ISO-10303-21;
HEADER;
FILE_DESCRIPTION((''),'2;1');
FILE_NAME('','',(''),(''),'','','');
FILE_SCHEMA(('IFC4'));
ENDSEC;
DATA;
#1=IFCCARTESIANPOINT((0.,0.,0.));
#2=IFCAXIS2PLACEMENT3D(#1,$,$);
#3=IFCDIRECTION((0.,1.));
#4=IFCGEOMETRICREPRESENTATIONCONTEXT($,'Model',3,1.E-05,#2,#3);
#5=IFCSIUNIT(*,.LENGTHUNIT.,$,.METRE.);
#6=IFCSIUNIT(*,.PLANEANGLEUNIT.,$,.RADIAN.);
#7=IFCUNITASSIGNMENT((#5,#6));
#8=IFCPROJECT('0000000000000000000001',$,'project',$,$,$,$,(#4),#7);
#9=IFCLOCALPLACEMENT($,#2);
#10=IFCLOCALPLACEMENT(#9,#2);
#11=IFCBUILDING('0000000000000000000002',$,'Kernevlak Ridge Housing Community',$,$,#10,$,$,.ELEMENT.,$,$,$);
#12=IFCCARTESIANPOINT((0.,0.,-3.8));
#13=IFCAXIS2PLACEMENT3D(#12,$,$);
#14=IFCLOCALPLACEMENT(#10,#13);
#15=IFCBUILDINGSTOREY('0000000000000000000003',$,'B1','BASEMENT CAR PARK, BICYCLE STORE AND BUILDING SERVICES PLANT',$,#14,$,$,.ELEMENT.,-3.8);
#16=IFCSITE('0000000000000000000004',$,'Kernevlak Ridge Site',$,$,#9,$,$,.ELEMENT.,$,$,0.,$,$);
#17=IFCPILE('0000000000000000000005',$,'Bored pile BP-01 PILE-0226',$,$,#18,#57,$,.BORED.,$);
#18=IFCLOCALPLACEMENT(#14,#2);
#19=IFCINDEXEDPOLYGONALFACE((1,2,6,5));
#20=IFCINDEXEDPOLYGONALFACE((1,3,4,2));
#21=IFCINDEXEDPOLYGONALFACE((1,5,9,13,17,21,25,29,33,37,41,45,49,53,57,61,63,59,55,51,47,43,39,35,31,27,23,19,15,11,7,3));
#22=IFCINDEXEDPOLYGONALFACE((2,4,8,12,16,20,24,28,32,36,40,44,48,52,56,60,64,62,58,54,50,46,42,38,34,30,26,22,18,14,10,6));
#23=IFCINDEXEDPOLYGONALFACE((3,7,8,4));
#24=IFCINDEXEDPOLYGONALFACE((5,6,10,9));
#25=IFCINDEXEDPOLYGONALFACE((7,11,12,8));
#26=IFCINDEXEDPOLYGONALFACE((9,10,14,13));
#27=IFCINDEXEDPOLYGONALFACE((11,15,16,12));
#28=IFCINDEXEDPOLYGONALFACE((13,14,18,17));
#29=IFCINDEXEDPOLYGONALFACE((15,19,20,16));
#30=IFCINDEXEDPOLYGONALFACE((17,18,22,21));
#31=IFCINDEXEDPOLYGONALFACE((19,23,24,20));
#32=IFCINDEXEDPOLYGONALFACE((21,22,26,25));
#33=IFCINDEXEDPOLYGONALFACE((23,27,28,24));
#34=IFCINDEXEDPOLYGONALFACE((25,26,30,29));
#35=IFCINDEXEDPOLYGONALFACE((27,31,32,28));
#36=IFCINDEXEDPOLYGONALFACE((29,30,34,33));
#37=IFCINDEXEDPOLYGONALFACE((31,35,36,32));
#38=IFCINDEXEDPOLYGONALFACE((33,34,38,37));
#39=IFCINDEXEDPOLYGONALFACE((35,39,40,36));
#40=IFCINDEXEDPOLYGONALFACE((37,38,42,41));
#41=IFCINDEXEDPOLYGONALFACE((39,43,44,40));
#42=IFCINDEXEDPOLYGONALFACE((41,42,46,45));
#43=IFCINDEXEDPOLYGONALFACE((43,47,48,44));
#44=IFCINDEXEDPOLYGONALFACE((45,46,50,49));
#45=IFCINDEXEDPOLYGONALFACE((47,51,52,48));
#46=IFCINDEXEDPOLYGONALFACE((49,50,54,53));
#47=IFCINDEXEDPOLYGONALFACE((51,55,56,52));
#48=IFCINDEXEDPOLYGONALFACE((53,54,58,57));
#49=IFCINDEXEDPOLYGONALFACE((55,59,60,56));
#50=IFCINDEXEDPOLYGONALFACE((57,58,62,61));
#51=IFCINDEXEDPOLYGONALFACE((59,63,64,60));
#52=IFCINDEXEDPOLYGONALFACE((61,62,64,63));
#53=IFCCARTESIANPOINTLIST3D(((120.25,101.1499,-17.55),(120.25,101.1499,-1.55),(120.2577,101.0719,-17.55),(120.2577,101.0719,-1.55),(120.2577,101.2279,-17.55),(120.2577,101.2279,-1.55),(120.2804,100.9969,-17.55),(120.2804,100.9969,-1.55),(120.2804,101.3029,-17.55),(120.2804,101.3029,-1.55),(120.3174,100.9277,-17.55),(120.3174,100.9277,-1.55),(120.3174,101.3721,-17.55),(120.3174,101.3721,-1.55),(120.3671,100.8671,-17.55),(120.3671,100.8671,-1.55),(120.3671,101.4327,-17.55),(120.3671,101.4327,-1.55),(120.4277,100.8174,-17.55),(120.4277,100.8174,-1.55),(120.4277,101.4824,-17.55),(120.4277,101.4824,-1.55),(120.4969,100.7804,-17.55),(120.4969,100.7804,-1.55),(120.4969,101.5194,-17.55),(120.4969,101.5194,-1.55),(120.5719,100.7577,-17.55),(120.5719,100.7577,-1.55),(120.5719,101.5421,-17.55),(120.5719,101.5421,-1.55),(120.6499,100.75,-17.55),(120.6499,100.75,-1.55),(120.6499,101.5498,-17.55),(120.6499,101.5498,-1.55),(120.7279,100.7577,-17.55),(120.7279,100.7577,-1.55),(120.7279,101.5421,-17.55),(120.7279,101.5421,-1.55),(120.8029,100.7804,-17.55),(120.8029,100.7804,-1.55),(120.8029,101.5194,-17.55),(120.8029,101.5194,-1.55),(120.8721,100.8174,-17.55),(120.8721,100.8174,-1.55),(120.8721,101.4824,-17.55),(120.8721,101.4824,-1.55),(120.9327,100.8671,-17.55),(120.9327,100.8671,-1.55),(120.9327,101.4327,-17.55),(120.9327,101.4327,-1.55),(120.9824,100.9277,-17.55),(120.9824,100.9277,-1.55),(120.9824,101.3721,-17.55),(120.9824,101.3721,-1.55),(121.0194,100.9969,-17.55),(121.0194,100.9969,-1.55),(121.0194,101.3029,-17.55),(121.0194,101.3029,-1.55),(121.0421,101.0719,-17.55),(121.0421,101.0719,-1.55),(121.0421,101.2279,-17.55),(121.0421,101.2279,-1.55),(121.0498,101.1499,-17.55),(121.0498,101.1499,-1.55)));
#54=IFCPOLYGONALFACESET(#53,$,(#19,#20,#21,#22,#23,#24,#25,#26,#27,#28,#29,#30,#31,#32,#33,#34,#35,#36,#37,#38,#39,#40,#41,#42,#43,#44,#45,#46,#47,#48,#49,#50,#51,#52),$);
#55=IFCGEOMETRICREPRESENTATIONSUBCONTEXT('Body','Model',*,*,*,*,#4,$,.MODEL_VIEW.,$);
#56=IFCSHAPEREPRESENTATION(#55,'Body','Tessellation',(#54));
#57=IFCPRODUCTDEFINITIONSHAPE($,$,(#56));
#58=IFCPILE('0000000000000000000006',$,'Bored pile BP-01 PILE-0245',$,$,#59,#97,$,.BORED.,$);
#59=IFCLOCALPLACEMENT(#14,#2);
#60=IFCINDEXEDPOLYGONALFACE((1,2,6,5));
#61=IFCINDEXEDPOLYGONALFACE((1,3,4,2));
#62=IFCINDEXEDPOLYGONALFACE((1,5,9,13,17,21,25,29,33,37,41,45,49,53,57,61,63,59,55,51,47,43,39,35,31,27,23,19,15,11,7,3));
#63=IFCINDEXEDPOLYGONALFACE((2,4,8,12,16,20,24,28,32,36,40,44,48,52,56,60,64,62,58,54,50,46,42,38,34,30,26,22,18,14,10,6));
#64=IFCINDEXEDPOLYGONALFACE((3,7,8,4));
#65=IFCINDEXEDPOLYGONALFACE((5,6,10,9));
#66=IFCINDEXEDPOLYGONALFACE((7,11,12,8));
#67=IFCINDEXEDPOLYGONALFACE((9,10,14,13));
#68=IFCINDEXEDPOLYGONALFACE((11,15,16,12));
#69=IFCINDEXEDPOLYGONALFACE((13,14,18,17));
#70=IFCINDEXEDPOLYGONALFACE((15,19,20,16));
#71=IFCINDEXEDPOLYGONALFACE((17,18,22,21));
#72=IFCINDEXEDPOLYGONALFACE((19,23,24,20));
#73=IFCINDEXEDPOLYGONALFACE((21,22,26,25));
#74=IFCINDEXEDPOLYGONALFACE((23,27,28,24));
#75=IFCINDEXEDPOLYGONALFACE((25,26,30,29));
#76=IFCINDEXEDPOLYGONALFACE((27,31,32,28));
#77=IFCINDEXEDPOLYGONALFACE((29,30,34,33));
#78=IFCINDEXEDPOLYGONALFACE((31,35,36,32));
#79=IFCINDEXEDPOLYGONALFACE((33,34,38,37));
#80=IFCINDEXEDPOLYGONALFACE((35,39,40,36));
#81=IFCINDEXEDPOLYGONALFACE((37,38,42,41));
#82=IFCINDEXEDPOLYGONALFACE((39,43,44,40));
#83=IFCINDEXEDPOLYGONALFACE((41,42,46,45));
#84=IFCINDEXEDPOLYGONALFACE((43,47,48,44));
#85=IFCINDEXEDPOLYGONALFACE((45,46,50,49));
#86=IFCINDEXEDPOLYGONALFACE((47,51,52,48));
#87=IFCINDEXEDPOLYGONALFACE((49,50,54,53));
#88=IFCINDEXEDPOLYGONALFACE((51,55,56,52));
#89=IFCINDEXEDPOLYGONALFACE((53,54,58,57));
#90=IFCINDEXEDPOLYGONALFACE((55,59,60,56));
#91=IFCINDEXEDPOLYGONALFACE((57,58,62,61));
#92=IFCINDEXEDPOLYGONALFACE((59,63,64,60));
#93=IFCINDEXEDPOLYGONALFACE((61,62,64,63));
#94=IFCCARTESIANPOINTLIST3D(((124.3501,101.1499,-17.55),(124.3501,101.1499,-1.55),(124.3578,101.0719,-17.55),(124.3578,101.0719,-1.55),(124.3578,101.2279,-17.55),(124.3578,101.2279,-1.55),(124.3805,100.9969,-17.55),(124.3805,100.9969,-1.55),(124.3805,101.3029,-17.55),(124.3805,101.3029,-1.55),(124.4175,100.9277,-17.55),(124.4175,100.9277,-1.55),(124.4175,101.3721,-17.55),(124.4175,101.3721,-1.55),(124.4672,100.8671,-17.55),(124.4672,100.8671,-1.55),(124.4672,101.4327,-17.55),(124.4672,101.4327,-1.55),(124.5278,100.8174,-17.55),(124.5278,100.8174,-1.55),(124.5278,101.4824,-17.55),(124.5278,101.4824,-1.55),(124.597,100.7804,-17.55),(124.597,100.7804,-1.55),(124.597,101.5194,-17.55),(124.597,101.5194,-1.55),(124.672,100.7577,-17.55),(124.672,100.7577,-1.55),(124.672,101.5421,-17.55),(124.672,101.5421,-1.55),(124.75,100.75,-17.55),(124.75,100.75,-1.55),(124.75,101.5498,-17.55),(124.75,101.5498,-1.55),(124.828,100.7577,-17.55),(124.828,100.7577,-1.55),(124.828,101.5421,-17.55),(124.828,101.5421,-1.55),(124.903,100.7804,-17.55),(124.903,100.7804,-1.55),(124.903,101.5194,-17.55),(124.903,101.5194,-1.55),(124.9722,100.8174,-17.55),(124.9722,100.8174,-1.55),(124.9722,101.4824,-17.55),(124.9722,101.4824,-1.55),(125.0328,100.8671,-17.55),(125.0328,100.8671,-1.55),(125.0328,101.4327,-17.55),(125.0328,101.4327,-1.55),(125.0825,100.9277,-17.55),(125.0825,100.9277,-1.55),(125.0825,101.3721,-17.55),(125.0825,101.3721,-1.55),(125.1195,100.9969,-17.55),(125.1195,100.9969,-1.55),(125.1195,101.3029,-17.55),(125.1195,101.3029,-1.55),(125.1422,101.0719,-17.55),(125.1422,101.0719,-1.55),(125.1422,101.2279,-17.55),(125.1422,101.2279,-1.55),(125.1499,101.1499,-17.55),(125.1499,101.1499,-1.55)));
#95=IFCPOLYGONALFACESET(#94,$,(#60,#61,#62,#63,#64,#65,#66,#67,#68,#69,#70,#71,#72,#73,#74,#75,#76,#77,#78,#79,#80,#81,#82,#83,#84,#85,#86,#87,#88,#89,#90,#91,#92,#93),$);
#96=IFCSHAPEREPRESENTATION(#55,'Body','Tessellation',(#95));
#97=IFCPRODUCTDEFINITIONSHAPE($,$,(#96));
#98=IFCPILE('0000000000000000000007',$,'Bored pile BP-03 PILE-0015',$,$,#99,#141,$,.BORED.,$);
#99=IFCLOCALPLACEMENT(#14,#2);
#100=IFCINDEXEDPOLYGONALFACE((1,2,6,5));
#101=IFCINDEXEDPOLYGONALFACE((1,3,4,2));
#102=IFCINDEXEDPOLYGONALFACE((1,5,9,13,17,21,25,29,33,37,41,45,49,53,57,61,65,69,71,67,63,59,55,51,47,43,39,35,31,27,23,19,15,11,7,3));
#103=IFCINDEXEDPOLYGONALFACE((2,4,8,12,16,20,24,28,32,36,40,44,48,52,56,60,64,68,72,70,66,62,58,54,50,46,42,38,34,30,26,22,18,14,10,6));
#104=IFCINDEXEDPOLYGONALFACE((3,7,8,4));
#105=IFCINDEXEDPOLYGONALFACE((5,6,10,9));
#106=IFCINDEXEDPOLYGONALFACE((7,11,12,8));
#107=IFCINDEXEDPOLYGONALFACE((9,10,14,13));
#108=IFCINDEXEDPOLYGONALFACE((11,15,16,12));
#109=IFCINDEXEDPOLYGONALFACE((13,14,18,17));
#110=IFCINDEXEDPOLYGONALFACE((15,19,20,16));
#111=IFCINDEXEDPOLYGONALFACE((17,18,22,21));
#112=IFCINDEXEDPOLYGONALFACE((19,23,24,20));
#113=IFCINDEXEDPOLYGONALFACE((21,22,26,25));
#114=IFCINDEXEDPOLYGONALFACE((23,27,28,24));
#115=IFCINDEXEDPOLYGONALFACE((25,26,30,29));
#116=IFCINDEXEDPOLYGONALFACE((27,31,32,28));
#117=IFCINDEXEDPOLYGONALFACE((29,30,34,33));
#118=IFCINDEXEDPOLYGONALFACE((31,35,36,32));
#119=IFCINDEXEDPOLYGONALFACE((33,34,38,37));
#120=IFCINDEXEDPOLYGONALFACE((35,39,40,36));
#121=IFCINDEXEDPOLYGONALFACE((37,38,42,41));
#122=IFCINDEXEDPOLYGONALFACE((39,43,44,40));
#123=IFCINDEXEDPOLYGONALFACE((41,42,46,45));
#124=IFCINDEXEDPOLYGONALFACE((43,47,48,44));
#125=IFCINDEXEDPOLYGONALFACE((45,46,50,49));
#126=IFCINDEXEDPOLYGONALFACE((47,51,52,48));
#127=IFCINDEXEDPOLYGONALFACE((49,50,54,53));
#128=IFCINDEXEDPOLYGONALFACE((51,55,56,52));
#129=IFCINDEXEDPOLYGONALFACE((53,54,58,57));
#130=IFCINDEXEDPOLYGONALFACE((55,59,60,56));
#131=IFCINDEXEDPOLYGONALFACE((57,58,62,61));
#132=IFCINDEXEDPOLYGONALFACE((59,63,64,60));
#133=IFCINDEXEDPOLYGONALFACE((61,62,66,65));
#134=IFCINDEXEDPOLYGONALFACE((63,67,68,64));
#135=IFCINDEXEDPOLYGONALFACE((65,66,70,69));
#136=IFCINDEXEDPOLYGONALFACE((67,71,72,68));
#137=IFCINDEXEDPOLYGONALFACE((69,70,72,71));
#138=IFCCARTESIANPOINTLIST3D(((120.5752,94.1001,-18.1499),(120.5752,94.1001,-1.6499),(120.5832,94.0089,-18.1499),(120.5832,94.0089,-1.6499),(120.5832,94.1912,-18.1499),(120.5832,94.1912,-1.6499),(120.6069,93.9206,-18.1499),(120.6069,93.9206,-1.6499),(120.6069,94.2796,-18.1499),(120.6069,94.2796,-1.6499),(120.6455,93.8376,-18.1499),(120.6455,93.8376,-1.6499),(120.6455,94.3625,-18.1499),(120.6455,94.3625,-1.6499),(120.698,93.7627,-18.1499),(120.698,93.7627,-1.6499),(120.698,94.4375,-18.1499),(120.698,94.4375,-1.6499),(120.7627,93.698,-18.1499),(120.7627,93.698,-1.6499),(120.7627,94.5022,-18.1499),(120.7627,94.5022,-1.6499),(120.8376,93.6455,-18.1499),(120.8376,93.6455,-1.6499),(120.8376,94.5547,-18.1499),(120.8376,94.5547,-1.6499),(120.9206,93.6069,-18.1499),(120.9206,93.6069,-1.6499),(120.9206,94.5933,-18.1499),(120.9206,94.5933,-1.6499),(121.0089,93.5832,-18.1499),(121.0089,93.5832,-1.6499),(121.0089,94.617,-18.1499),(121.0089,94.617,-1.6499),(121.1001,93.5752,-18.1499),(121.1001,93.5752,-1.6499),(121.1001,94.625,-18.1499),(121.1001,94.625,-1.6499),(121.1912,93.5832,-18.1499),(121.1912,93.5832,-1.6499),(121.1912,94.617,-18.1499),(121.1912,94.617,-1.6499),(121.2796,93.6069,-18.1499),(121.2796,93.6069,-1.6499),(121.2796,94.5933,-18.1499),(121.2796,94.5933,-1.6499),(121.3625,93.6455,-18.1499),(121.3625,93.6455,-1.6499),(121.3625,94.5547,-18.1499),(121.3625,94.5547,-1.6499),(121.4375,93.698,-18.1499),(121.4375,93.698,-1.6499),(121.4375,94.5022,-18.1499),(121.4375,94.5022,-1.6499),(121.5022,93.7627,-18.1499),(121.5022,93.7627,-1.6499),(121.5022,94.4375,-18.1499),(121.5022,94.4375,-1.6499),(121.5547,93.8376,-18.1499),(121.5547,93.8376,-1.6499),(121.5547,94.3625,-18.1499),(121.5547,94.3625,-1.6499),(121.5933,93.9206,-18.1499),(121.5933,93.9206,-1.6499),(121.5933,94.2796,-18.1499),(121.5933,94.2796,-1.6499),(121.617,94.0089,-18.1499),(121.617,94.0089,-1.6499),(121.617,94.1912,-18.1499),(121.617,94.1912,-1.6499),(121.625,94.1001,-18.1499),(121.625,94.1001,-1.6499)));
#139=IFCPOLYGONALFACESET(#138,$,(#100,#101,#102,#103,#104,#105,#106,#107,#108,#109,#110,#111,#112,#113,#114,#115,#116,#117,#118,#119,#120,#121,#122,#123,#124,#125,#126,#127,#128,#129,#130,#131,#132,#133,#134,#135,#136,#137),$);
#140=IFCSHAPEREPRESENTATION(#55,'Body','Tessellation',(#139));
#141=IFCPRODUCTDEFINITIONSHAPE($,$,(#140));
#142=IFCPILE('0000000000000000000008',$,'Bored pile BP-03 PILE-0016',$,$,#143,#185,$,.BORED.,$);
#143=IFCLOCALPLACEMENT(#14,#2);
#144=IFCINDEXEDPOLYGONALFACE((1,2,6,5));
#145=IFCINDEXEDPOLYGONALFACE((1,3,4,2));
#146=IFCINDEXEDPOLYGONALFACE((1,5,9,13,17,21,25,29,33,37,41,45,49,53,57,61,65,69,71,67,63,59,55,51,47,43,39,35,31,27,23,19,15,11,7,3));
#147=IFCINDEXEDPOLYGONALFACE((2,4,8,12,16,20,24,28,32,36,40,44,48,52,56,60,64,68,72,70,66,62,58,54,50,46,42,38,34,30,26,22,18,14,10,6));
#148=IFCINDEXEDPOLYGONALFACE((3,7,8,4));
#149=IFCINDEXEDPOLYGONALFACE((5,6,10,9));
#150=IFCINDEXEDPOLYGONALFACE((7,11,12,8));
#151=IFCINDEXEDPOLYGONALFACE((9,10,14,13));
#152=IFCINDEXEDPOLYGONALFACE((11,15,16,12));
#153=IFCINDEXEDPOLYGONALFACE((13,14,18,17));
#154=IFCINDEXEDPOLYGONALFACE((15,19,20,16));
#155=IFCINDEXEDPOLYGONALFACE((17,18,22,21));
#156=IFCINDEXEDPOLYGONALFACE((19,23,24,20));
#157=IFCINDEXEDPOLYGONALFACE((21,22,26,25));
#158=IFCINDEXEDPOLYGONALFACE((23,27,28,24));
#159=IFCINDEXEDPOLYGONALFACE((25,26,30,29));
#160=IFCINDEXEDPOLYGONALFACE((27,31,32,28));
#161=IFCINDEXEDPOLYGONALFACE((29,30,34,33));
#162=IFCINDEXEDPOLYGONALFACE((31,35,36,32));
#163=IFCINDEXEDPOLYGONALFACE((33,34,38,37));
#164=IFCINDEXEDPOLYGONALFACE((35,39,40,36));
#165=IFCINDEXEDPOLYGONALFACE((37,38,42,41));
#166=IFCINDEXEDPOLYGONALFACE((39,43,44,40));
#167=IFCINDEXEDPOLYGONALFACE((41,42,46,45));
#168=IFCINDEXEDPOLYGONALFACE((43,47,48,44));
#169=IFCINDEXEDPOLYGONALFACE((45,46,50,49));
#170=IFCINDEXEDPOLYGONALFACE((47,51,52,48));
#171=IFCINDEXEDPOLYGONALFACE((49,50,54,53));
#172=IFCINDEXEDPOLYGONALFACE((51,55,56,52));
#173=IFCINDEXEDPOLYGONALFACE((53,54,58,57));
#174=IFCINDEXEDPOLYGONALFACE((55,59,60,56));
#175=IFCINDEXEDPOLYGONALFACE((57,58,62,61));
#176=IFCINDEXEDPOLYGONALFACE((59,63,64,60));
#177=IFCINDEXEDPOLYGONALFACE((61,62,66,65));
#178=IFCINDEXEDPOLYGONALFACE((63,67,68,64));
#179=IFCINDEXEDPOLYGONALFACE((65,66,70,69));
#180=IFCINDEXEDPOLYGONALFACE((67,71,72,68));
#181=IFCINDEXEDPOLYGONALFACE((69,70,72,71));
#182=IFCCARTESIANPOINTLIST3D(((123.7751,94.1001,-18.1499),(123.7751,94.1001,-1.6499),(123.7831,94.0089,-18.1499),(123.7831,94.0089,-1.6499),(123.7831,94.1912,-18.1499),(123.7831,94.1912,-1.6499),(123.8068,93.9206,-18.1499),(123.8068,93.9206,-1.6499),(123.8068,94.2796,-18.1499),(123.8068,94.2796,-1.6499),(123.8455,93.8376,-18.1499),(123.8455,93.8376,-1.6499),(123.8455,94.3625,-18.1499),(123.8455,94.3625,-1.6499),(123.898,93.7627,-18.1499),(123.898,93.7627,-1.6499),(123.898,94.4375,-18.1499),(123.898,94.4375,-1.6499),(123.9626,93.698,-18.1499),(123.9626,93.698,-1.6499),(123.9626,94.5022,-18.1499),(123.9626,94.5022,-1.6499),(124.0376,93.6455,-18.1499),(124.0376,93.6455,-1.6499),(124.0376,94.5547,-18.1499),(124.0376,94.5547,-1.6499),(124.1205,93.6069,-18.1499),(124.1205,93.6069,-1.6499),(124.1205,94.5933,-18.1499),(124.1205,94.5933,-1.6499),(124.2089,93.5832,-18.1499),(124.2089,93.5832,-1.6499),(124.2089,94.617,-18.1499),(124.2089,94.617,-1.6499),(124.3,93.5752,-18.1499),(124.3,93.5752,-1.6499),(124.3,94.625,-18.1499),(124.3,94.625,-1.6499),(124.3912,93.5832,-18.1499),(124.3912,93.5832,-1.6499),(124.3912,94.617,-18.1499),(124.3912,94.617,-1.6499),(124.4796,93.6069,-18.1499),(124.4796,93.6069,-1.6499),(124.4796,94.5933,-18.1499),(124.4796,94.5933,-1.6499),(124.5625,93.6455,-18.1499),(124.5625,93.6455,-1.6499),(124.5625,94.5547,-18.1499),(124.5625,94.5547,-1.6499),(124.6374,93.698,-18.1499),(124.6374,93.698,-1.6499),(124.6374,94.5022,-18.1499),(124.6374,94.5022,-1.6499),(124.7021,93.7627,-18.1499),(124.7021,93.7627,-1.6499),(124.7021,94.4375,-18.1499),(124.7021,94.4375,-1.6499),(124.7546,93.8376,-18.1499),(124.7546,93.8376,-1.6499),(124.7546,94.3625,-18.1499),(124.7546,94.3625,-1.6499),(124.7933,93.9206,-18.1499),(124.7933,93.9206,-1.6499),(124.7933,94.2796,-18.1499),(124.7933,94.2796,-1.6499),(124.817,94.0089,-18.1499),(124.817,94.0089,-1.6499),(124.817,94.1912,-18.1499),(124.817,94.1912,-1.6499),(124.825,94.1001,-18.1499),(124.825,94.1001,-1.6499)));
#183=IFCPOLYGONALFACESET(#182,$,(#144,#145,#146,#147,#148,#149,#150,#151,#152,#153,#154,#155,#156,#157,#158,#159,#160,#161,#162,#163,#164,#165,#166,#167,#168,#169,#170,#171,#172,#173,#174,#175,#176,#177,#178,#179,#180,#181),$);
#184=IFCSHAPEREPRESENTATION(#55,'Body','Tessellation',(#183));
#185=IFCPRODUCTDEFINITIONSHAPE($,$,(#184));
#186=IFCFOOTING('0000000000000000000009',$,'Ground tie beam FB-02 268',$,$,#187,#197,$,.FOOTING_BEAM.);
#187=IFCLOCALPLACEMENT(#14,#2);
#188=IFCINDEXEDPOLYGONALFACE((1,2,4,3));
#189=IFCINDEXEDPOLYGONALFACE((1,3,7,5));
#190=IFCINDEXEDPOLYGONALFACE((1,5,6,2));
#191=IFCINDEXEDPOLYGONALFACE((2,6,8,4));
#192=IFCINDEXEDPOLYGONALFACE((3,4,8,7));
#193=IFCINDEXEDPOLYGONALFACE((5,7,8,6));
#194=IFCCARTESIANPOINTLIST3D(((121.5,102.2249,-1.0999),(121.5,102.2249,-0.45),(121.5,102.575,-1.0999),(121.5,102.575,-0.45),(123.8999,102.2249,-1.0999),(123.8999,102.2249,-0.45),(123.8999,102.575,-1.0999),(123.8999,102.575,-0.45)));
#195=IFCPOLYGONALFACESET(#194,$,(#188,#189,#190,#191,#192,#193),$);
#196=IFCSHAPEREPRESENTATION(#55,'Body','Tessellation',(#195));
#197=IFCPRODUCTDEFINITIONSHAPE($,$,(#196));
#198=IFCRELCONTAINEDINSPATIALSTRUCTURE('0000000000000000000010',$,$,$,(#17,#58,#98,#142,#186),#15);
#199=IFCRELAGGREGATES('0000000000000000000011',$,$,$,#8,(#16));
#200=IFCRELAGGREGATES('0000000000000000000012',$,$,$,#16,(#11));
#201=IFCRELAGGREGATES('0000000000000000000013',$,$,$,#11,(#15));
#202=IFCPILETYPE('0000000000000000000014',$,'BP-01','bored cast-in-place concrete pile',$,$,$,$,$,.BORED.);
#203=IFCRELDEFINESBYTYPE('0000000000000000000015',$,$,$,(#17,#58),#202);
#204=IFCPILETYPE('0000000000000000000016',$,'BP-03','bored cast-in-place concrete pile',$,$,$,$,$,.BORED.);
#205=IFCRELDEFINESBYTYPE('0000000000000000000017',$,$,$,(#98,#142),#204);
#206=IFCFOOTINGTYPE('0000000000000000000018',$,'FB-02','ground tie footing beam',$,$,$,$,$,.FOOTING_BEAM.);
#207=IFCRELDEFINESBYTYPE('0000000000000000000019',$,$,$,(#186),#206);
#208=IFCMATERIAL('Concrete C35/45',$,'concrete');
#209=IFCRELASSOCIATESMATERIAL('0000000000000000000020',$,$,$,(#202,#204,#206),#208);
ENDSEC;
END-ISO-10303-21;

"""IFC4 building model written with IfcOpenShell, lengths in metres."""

from ifc_helpers import new_model, si_unit, direction, frame, origin, origin_2d, place, context, subcontext, project, spatial, rectangle, circle, extrude, material, material_profile, profile_set, type_object, element, save


model = new_model("IFC4")

# Units and contexts
model_context = context("Model", 3, precision=1e-05, world=origin(), true_north=direction((0.0, 1.0)))
body_context = subcontext(model_context, "Body", "Model", "MODEL_VIEW")
ifc_project = project(units=[si_unit("LENGTHUNIT", "METRE"), si_unit("PLANEANGLEUNIT", "RADIAN")], contexts=[model_context])

# Site, building, storey
site_placement = place(None, origin())
site = spatial("IfcSite", under=ifc_project, at=site_placement, Name="Kernevlak Ridge Site", CompositionType="ELEMENT", RefElevation=0.0)
building_placement = place(site_placement, origin())
building = spatial("IfcBuilding", under=site, at=building_placement, Name="Kernevlak Ridge Housing Community", CompositionType="ELEMENT")
storey_placement = place(building_placement, frame((0.0, 0.0, -3.8)))
storey = spatial("IfcBuildingStorey", under=building, at=storey_placement, Name="B1", Description="BASEMENT CAR PARK, BICYCLE STORE AND BUILDING SERVICES PLANT", CompositionType="ELEMENT", Elevation=-3.8)

# Piles
ifc_material_1 = material(Name="Concrete C35/45", Category="concrete")
ifc_material_profile_1 = material_profile(ifc_material_1, circle(Radius=0.3999, at=origin_2d()), Name="BORED PILE 800")
ifc_profile_set_1 = profile_set([ifc_material_profile_1], Name="Concrete C35/45")
pile_type_1 = type_object("IfcPileType", Name="BP-01", Description="bored cast-in-place concrete pile", PredefinedType="BORED", material=ifc_profile_set_1)
for number, where, z_axis, x_axis, name in (
    (1, (120.6499, 101.1499, -1.55), (0.0, 0.0, -1.0), (1.0, 0.0, 0.0), "Bored pile BP-01 PILE-0226"),
    (2, (124.75, 101.1499, -1.55), (0.0, 0.0, -1.0), (1.0, 0.0, 0.0), "Bored pile BP-01 PILE-0245"),
):
    element("IfcPile", number, at=place(storey_placement, frame(where, z_axis=z_axis, x_axis=x_axis)), inside=storey, type_object=pile_type_1, Name=name, PredefinedType="BORED", context=body_context, shape_type="SweptSolid", body=[
        extrude(circle(Radius=0.3999, at=origin_2d()), origin(), (0.0, 0.0, 1.0), 16.0),
    ])
ifc_material_profile_2 = material_profile(ifc_material_1, circle(Radius=0.5249, at=origin_2d()), Name="BORED PILE 1050")
ifc_profile_set_2 = profile_set([ifc_material_profile_2], Name="Concrete C35/45")
pile_type_2 = type_object("IfcPileType", Name="BP-03", Description="bored cast-in-place concrete pile", PredefinedType="BORED", material=ifc_profile_set_2)
for number, where, z_axis, x_axis, name in (
    (3, (121.1001, 94.1001, -1.6499), (0.0, 0.0, -1.0), (1.0, 0.0, 0.0), "Bored pile BP-03 PILE-0015"),
    (4, (124.3, 94.1001, -1.6499), (0.0, 0.0, -1.0), (1.0, 0.0, 0.0), "Bored pile BP-03 PILE-0016"),
):
    element("IfcPile", number, at=place(storey_placement, frame(where, z_axis=z_axis, x_axis=x_axis)), inside=storey, type_object=pile_type_2, Name=name, PredefinedType="BORED", context=body_context, shape_type="SweptSolid", body=[
        extrude(circle(Radius=0.5249, at=origin_2d()), origin(), (0.0, 0.0, 1.0), 16.5),
    ])

# Footing
ifc_material_profile_3 = material_profile(ifc_material_1, rectangle(XDim=0.3501, YDim=0.6499, at=origin_2d()), Name="RC 350x650")
ifc_profile_set_3 = profile_set([ifc_material_profile_3], Name="Concrete C35/45")
footing_type_1 = type_object("IfcFootingType", Name="FB-02", Description="ground tie footing beam", PredefinedType="FOOTING_BEAM", material=ifc_profile_set_3)
footing_1_placement = place(storey_placement, frame((121.5, 102.3999, -0.7749), z_axis=(1.0, 0.0, 0.0), x_axis=(0.0, 1.0, 0.0)))
element("IfcFooting", 5, at=footing_1_placement, inside=storey, type_object=footing_type_1, Name="Ground tie beam FB-02 268", PredefinedType="FOOTING_BEAM", context=body_context, shape_type="SweptSolid", body=[
    extrude(rectangle(XDim=0.3501, YDim=0.6499, at=origin_2d()), origin(), (0.0, 0.0, 1.0), 2.3999),
])

save(model, "model.ifc")
